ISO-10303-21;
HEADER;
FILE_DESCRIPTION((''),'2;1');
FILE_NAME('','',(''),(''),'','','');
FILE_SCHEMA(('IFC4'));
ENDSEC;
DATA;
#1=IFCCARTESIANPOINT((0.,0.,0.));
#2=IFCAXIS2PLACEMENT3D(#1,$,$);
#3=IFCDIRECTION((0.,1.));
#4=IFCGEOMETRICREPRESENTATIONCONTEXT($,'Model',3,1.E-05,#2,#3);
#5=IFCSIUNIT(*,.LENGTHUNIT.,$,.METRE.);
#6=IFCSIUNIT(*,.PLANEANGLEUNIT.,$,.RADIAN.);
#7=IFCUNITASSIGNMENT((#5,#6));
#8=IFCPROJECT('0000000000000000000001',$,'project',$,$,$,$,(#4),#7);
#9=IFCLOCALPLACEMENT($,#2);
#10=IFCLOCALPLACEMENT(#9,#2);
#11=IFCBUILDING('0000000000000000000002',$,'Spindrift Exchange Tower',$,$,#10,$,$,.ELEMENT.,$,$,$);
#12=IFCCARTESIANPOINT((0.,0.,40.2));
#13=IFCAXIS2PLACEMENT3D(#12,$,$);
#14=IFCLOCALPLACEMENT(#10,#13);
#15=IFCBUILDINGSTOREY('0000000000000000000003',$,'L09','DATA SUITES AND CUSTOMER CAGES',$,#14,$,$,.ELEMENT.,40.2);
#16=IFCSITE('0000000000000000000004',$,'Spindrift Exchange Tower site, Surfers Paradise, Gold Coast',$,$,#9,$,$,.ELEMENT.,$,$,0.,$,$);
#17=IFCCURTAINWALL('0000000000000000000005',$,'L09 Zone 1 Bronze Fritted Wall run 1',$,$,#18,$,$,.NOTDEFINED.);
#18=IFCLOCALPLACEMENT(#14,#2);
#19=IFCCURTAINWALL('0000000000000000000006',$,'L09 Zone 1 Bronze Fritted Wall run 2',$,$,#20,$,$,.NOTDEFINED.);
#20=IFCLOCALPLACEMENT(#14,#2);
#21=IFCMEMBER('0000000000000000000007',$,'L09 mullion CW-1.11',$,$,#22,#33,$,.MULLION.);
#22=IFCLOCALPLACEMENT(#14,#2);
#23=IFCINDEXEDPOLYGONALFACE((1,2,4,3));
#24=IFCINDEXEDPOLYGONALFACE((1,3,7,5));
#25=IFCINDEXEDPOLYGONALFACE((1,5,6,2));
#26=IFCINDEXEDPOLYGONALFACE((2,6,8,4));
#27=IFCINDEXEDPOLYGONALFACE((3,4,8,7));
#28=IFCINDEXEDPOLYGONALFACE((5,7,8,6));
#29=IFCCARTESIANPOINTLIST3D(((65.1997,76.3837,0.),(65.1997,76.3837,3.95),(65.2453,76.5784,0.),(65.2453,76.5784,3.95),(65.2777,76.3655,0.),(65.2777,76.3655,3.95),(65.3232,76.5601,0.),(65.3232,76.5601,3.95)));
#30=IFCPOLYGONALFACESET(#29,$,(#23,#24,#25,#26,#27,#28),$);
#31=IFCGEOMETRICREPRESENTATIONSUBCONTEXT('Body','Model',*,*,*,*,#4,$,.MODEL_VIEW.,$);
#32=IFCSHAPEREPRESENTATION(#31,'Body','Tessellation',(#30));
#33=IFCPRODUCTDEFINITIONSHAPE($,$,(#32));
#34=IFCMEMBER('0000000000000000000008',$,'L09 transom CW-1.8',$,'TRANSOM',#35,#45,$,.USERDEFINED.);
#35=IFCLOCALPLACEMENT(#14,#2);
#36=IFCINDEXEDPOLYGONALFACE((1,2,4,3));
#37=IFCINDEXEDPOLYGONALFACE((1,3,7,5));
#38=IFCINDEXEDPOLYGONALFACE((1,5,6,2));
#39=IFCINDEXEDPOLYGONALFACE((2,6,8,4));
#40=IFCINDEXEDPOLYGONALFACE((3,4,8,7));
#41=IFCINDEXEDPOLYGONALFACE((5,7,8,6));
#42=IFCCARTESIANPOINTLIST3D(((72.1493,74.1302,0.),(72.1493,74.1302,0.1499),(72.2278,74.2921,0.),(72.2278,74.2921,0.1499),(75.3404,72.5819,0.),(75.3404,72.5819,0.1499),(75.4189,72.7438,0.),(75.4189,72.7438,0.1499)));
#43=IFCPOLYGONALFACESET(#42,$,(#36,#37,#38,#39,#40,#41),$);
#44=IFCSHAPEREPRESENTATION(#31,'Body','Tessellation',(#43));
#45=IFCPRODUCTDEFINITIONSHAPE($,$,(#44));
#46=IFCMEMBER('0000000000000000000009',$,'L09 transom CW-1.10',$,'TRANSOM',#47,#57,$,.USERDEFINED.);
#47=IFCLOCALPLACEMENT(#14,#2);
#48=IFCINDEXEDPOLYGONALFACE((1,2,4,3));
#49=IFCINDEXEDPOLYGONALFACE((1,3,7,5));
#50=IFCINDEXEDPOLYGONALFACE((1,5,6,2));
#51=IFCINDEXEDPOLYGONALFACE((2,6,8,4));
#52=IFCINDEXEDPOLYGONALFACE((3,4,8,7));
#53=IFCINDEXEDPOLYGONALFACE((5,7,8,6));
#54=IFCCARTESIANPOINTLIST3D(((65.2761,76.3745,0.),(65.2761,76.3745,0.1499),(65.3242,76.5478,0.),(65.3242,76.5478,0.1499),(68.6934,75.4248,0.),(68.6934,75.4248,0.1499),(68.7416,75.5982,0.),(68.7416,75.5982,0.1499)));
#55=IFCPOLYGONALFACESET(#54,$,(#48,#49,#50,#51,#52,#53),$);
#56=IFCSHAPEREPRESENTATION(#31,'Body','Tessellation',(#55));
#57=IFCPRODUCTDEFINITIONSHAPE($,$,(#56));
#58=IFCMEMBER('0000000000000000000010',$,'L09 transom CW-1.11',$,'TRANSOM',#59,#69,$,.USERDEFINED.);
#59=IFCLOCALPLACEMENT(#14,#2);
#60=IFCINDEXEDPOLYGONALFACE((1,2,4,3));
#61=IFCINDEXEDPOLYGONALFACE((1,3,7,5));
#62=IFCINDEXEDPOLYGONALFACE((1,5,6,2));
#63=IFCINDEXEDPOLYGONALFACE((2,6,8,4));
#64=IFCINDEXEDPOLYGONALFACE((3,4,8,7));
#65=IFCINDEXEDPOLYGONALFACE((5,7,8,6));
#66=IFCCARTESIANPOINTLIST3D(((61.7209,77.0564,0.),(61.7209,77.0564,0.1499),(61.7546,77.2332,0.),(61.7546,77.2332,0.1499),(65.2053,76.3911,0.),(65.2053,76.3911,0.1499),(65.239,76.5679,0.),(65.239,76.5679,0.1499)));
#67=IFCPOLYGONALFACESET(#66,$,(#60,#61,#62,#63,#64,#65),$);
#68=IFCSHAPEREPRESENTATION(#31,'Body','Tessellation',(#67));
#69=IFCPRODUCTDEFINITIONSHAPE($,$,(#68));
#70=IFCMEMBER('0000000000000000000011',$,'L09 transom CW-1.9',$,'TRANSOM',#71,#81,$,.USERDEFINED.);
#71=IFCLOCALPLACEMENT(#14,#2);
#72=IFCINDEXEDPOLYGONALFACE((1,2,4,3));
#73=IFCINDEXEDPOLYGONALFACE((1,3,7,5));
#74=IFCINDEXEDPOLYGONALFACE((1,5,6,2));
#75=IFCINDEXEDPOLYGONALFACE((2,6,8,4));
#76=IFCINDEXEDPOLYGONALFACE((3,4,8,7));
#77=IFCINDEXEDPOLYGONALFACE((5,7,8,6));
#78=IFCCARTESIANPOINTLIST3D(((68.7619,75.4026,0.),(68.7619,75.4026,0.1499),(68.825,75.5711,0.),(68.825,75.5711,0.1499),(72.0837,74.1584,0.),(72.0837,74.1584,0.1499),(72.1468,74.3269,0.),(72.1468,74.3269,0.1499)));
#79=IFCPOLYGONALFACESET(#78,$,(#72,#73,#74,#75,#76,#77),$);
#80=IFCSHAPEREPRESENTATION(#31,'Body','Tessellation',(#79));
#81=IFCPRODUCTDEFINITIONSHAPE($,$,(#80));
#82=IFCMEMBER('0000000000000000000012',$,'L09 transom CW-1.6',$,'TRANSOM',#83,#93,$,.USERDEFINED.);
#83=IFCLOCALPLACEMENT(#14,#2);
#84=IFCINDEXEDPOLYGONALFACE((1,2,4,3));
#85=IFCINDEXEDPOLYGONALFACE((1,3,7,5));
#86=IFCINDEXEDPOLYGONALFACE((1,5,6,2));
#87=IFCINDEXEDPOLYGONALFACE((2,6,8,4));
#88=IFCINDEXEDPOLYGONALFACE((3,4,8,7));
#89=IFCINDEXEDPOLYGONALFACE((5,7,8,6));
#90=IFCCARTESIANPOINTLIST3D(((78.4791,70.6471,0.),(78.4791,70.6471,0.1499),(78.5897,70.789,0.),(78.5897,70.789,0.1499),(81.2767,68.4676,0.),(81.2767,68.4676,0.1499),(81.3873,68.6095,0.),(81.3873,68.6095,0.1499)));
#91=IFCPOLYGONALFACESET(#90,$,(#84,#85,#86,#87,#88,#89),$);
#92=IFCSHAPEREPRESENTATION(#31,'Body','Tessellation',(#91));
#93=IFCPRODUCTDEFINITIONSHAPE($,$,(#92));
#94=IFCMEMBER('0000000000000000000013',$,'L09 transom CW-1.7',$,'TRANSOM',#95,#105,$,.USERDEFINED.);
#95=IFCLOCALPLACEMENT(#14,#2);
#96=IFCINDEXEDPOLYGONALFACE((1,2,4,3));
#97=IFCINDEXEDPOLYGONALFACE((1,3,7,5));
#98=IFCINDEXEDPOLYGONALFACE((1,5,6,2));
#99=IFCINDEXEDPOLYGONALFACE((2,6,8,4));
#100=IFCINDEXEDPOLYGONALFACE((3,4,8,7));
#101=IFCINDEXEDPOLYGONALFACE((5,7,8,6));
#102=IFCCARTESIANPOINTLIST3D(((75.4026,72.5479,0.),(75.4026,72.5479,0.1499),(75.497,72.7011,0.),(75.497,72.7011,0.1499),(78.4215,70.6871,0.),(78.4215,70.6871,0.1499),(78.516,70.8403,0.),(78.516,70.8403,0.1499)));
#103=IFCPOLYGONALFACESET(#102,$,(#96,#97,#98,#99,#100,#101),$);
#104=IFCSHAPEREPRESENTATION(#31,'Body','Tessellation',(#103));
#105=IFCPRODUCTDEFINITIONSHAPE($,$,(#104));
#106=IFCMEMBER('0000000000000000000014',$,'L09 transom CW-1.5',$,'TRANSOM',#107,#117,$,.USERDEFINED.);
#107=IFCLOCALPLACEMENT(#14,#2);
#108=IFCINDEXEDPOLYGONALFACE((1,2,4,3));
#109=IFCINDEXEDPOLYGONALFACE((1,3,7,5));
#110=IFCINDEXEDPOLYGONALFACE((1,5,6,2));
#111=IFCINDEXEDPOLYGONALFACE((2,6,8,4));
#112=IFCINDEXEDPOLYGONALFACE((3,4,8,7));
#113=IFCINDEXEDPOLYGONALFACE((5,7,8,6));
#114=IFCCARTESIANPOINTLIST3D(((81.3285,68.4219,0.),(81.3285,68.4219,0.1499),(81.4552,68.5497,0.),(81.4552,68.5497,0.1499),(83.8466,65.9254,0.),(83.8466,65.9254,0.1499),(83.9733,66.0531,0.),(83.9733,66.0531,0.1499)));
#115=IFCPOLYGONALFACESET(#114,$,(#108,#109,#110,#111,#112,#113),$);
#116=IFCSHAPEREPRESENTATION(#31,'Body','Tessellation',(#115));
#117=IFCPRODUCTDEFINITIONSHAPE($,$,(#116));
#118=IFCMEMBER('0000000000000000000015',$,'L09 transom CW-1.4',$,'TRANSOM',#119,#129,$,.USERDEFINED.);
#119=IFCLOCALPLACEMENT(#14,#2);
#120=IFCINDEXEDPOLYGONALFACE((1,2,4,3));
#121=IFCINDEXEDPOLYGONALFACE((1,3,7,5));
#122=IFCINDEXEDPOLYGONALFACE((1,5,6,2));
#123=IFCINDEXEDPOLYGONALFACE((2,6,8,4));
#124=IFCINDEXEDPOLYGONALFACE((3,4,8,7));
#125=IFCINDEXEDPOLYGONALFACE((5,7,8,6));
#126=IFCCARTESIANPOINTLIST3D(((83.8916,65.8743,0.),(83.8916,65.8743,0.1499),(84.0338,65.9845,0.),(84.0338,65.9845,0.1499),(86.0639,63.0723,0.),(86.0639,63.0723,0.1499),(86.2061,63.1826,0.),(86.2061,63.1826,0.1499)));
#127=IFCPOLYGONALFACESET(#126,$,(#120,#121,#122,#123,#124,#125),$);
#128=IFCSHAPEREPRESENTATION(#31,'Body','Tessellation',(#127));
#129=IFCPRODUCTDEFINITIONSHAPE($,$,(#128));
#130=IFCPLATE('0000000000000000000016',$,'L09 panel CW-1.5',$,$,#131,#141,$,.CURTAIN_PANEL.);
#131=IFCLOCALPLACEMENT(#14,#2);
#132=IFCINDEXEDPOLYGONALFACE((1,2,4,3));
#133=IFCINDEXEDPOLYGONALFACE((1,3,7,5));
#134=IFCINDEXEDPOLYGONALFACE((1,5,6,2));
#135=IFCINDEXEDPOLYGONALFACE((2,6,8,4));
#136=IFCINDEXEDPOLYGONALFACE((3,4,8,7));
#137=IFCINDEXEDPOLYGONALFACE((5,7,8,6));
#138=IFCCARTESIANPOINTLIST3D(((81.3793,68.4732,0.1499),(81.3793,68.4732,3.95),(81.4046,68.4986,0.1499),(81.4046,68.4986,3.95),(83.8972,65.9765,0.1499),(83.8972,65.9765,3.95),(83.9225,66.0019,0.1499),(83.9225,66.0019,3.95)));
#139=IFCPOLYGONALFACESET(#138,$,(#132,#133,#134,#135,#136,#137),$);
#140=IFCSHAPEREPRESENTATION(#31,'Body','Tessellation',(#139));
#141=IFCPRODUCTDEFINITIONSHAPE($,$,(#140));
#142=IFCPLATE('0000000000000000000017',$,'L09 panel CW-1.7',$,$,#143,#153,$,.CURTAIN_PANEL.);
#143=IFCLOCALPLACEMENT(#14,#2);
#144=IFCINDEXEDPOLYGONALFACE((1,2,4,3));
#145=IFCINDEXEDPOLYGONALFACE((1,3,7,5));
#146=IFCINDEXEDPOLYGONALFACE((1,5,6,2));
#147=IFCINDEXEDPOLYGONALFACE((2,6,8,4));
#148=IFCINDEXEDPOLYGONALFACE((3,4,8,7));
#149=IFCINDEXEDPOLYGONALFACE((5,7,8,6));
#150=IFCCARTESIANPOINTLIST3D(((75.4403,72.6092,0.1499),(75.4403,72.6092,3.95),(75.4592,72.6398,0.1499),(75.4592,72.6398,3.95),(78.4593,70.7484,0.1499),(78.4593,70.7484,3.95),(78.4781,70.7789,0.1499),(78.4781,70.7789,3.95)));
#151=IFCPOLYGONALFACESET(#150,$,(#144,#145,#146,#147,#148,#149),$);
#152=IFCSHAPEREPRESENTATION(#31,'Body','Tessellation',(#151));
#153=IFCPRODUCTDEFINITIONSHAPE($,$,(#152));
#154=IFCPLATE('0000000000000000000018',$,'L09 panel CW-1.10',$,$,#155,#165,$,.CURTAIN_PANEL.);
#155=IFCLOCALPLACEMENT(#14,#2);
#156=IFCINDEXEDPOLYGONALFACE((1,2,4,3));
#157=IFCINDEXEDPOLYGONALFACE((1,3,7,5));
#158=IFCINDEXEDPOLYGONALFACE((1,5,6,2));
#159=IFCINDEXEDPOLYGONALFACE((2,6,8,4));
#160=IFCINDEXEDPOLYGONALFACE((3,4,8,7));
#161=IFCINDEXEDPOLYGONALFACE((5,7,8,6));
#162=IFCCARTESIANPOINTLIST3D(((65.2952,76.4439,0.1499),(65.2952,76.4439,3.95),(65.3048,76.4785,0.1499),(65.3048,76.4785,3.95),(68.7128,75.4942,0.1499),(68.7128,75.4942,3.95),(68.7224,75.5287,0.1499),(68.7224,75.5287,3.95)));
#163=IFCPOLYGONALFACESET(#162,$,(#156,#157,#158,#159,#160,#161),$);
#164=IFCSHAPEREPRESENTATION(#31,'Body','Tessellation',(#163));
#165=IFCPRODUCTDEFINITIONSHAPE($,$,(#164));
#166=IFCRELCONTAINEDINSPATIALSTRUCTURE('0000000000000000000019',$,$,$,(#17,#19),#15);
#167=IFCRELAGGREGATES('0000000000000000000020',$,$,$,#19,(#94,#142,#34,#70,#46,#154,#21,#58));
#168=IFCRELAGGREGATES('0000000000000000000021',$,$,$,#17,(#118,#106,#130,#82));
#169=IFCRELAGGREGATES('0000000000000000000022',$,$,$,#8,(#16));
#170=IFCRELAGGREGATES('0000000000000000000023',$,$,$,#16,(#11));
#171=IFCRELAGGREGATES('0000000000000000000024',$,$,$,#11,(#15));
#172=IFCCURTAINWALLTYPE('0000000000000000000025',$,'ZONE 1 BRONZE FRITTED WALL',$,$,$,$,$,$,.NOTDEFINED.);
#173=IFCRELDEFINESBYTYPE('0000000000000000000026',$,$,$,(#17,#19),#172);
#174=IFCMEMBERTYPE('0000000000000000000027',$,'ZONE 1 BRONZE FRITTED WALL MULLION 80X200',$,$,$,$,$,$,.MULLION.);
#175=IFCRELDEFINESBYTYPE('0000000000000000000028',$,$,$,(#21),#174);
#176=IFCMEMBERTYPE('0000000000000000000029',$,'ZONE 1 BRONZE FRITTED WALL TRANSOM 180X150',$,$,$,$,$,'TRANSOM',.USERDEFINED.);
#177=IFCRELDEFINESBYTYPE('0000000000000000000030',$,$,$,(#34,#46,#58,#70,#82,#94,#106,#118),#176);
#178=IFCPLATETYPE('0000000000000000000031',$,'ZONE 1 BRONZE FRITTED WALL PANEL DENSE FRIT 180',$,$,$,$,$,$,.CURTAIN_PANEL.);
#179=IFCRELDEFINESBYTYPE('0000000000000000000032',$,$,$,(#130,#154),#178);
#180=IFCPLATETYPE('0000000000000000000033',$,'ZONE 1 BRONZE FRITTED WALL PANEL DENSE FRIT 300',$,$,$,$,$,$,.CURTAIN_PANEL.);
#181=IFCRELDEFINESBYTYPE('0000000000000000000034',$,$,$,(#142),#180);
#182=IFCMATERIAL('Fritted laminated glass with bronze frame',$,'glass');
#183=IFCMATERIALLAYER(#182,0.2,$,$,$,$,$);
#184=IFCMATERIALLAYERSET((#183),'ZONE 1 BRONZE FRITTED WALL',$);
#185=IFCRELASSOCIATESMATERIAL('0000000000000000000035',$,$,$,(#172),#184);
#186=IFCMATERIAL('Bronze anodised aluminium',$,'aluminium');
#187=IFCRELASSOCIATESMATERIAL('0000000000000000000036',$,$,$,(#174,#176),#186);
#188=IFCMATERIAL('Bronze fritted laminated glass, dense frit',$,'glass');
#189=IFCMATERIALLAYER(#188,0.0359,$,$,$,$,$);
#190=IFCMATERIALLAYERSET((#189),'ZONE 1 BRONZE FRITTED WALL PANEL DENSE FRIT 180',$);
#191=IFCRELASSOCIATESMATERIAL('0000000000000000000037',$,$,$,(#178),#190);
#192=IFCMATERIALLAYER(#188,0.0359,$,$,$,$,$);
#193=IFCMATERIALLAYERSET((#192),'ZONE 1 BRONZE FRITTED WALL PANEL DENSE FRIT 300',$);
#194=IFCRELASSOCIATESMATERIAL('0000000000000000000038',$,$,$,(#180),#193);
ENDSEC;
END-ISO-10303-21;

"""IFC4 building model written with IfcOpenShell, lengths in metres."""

from ifc_helpers import new_model, si_unit, direction, frame, origin, origin_2d, place, context, subcontext, project, spatial, rectangle, extrude, source, transform, mapped, material, layer, layer_set, material_profile, profile_set, type_object, element, aggregate, save


model = new_model("IFC4")

# Units and contexts
model_context = context("Model", 3, precision=1e-05, world=origin(), true_north=direction((0.0, 1.0)))
body_context = subcontext(model_context, "Body", "Model", "MODEL_VIEW")
ifc_project = project(units=[si_unit("LENGTHUNIT", "METRE"), si_unit("PLANEANGLEUNIT", "RADIAN")], contexts=[model_context])

# Site, building, storey
site_placement = place(None, origin())
site = spatial("IfcSite", under=ifc_project, at=site_placement, Name="Spindrift Exchange Tower site, Surfers Paradise, Gold Coast", CompositionType="ELEMENT", RefElevation=0.0)
building_placement = place(site_placement, origin())
building = spatial("IfcBuilding", under=site, at=building_placement, Name="Spindrift Exchange Tower", CompositionType="ELEMENT")
storey_placement = place(building_placement, frame((0.0, 0.0, 40.2)))
storey = spatial("IfcBuildingStorey", under=building, at=storey_placement, Name="L09", Description="DATA SUITES AND CUSTOMER CAGES", CompositionType="ELEMENT", Elevation=40.2)

# Curtain walls, members
ifc_material_1 = material(Name="Fritted laminated glass with bronze frame", Category="glass")
ifc_layer_1 = layer(ifc_material_1, 0.2)
ifc_layer_set_1 = layer_set([ifc_layer_1], Name="ZONE 1 BRONZE FRITTED WALL")
curtain_wall_type = type_object("IfcCurtainWallType", Name="ZONE 1 BRONZE FRITTED WALL", PredefinedType="NOTDEFINED", material=ifc_layer_set_1)
curtain_wall_1_placement = place(storey_placement, origin())
curtain_wall_1 = element("IfcCurtainWall", 1, at=curtain_wall_1_placement, inside=storey, type_object=curtain_wall_type, Name="L09 Zone 1 Bronze Fritted Wall run 1", PredefinedType="NOTDEFINED")
ifc_material_2 = material(Name="Bronze anodised aluminium", Category="aluminium")
ifc_material_profile_1 = material_profile(ifc_material_2, rectangle(XDim=0.0801, YDim=0.2, at=origin_2d()), Name="ZONE 1 BRONZE FRITTED WALL MULLION 80X200")
ifc_profile_set_1 = profile_set([ifc_material_profile_1], Name="Bronze anodised aluminium")
member_type_1 = type_object("IfcMemberType", Name="ZONE 1 BRONZE FRITTED WALL MULLION 80X200", PredefinedType="MULLION", material=ifc_profile_set_1)
shared_shape_1 = source(origin(), body_context, "Body", "SweptSolid", [
    extrude(rectangle(XDim=0.0801, YDim=0.2, at=origin_2d()), origin(), (0.0, 0.0, 1.0), 3.95),
])
curtain_wall_2_placement = place(storey_placement, origin())
curtain_wall_2 = element("IfcCurtainWall", 2, at=curtain_wall_2_placement, inside=storey, type_object=curtain_wall_type, Name="L09 Zone 1 Bronze Fritted Wall run 2", PredefinedType="NOTDEFINED")
member_1_placement = place(storey_placement, frame((65.2615, 76.4719, 0.0), z_axis=(0.0, 0.0, 1.0), x_axis=(-0.9737, 0.227836, 0.0)))
member_1 = element("IfcMember", 3, at=member_1_placement, type_object=member_type_1, Name="L09 mullion CW-1.11", PredefinedType="MULLION", context=body_context, shape_type="MappedRepresentation", body=[
    mapped(shared_shape_1, transform((0.0, 0.0, 0.0), scale=1.0)),
])
ifc_material_profile_2 = material_profile(ifc_material_2, rectangle(XDim=0.1799, YDim=0.1499, at=origin_2d()), Name="ZONE 1 BRONZE FRITTED WALL TRANSOM 180X150")
ifc_profile_set_2 = profile_set([ifc_material_profile_2], Name="Bronze anodised aluminium")
member_type_2 = type_object("IfcMemberType", Name="ZONE 1 BRONZE FRITTED WALL TRANSOM 180X150", ElementType="TRANSOM", PredefinedType="USERDEFINED", material=ifc_profile_set_2)
shared_shape_2 = source(origin(), body_context, "Body", "SweptSolid", [
    extrude(rectangle(XDim=0.1799, YDim=0.1499, at=origin_2d()), origin(), (0.0, 0.0, 1.0), 3.5469),
])
member_2_placement = place(storey_placement, frame((75.3796, 72.6628, 0.075), z_axis=(-0.899691, 0.436527, 0.0), x_axis=(-0.436527, -0.899691, 0.0)))
member_2 = element("IfcMember", 4, at=member_2_placement, type_object=member_type_2, Name="L09 transom CW-1.8", ObjectType="TRANSOM", PredefinedType="USERDEFINED", context=body_context, shape_type="MappedRepresentation", body=[
    mapped(shared_shape_2, transform((0.0, 0.0, 0.0), scale=1.0)),
])
member_3_placement = place(storey_placement, frame((68.7175, 75.5115, 0.075), z_axis=(-0.963488, 0.26775, 0.0), x_axis=(-0.26775, -0.963488, 0.0)))
member_3 = element("IfcMember", 5, at=member_3_placement, type_object=member_type_2, Name="L09 transom CW-1.10", ObjectType="TRANSOM", PredefinedType="USERDEFINED", context=body_context, shape_type="MappedRepresentation", body=[
    mapped(shared_shape_2, transform((0.0, 0.0, 0.0), scale=1.0)),
])
shared_shape_3 = source(origin(), body_context, "Body", "SweptSolid", [
    extrude(rectangle(XDim=0.1799, YDim=0.1499, at=origin_2d()), origin(), (0.0, 0.0, 1.0), 3.5474),
])
member_4_placement = place(storey_placement, frame((65.2222, 76.4795, 0.075), z_axis=(-0.982256, 0.187545, 0.0), x_axis=(-0.187545, -0.982256, 0.0)))
member_4 = element("IfcMember", 6, at=member_4_placement, type_object=member_type_2, Name="L09 transom CW-1.11", ObjectType="TRANSOM", PredefinedType="USERDEFINED", context=body_context, shape_type="MappedRepresentation", body=[
    mapped(shared_shape_3, transform((0.0, 0.0, 0.0), scale=1.0)),
])
shared_shape_4 = source(origin(), body_context, "Body", "SweptSolid", [
    extrude(rectangle(XDim=0.1799, YDim=0.1499, at=origin_2d()), origin(), (0.0, 0.0, 1.0), 3.5471),
])
member_5_placement = place(storey_placement, frame((72.1152, 74.2427, 0.075), z_axis=(-0.936471, 0.350746, 0.0), x_axis=(-0.350746, -0.936471, 0.0)))
member_5 = element("IfcMember", 7, at=member_5_placement, type_object=member_type_2, Name="L09 transom CW-1.9", ObjectType="TRANSOM", PredefinedType="USERDEFINED", context=body_context, shape_type="MappedRepresentation", body=[
    mapped(shared_shape_4, transform((0.0, 0.0, 0.0), scale=1.0)),
])

# Members
shared_shape_5 = source(origin(), body_context, "Body", "SweptSolid", [
    extrude(rectangle(XDim=0.1799, YDim=0.1499, at=origin_2d()), origin(), (0.0, 0.0, 1.0), 3.5464),
])
member_6_placement = place(storey_placement, frame((81.332, 68.5386, 0.075), z_axis=(-0.78887, 0.61456, 0.0), x_axis=(-0.61456, -0.78887, 0.0)))
member_6 = element("IfcMember", 8, at=member_6_placement, type_object=member_type_2, Name="L09 transom CW-1.6", ObjectType="TRANSOM", PredefinedType="USERDEFINED", context=body_context, shape_type="MappedRepresentation", body=[
    mapped(shared_shape_5, transform((0.0, 0.0, 0.0), scale=1.0)),
])
member_7_placement = place(storey_placement, frame((78.4688, 70.7637, 0.075), z_axis=(-0.851285, 0.524704, 0.0), x_axis=(-0.524704, -0.851285, 0.0)))
member_7 = element("IfcMember", 9, at=member_7_placement, type_object=member_type_2, Name="L09 transom CW-1.7", ObjectType="TRANSOM", PredefinedType="USERDEFINED", context=body_context, shape_type="MappedRepresentation", body=[
    mapped(shared_shape_5, transform((0.0, 0.0, 0.0), scale=1.0)),
])
shared_shape_6 = source(origin(), body_context, "Body", "SweptSolid", [
    extrude(rectangle(XDim=0.1799, YDim=0.1499, at=origin_2d()), origin(), (0.0, 0.0, 1.0), 3.5459),
])
member_8_placement = place(storey_placement, frame((83.9099, 65.9893, 0.075), z_axis=(-0.71013, 0.704071, 0.0), x_axis=(-0.704071, -0.71013, 0.0)))
member_8 = element("IfcMember", 10, at=member_8_placement, type_object=member_type_2, Name="L09 transom CW-1.5", ObjectType="TRANSOM", PredefinedType="USERDEFINED", context=body_context, shape_type="MappedRepresentation", body=[
    mapped(shared_shape_6, transform((0.0, 0.0, 0.0), scale=1.0)),
])
shared_shape_7 = source(origin(), body_context, "Body", "SweptSolid", [
    extrude(rectangle(XDim=0.1799, YDim=0.1499, at=origin_2d()), origin(), (0.0, 0.0, 1.0), 3.5454),
])
member_9_placement = place(storey_placement, frame((86.135, 63.1274, 0.075), z_axis=(-0.612715, 0.790304, 0.0), x_axis=(-0.790304, -0.612715, 0.0)))
member_9 = element("IfcMember", 11, at=member_9_placement, type_object=member_type_2, Name="L09 transom CW-1.4", ObjectType="TRANSOM", PredefinedType="USERDEFINED", context=body_context, shape_type="MappedRepresentation", body=[
    mapped(shared_shape_7, transform((0.0, 0.0, 0.0), scale=1.0)),
])

# Plates
ifc_material_3 = material(Name="Bronze fritted laminated glass, dense frit", Category="glass")
ifc_layer_2 = layer(ifc_material_3, 0.0359)
ifc_layer_set_2 = layer_set([ifc_layer_2], Name="ZONE 1 BRONZE FRITTED WALL PANEL DENSE FRIT 180")
plate_type_1 = type_object("IfcPlateType", Name="ZONE 1 BRONZE FRITTED WALL PANEL DENSE FRIT 180", PredefinedType="CURTAIN_PANEL", material=ifc_layer_set_2)
shared_shape_8 = source(origin(), body_context, "Body", "SweptSolid", [
    extrude(rectangle(XDim=3.5459, YDim=0.0359, at=origin_2d()), origin(), (0.0, 0.0, 1.0), 3.8),
])
plate_1_placement = place(storey_placement, frame((82.6509, 67.2375, 0.1499), z_axis=(0.0, 0.0, 1.0), x_axis=(-0.710093, 0.704108, 0.0)))
plate_1 = element("IfcPlate", 12, at=plate_1_placement, type_object=plate_type_1, Name="L09 panel CW-1.5", PredefinedType="CURTAIN_PANEL", context=body_context, shape_type="MappedRepresentation", body=[
    mapped(shared_shape_8, transform((0.0, 0.0, 0.0), scale=1.0)),
])
ifc_layer_3 = layer(ifc_material_3, 0.0359)
ifc_layer_set_3 = layer_set([ifc_layer_3], Name="ZONE 1 BRONZE FRITTED WALL PANEL DENSE FRIT 300")
plate_type_2 = type_object("IfcPlateType", Name="ZONE 1 BRONZE FRITTED WALL PANEL DENSE FRIT 300", PredefinedType="CURTAIN_PANEL", material=ifc_layer_set_3)
shared_shape_9 = source(origin(), body_context, "Body", "SweptSolid", [
    extrude(rectangle(XDim=3.5464, YDim=0.0359, at=origin_2d()), origin(), (0.0, 0.0, 1.0), 3.8),
])
plate_2_placement = place(storey_placement, frame((76.9592, 71.6941, 0.1499), z_axis=(0.0, 0.0, 1.0), x_axis=(-0.851279, 0.524714, 0.0)))
plate_2 = element("IfcPlate", 13, at=plate_2_placement, type_object=plate_type_2, Name="L09 panel CW-1.7", PredefinedType="CURTAIN_PANEL", context=body_context, shape_type="MappedRepresentation", body=[
    mapped(shared_shape_9, transform((0.0, 0.0, 0.0), scale=1.0)),
])
shared_shape_10 = source(origin(), body_context, "Body", "SweptSolid", [
    extrude(rectangle(XDim=3.5471, YDim=0.0359, at=origin_2d()), origin(), (0.0, 0.0, 1.0), 3.8),
])
plate_3_placement = place(storey_placement, frame((67.0088, 75.9863, 0.1499), z_axis=(0.0, 0.0, 1.0), x_axis=(-0.963486, 0.26776, 0.0)))
plate_3 = element("IfcPlate", 14, at=plate_3_placement, type_object=plate_type_1, Name="L09 panel CW-1.10", PredefinedType="CURTAIN_PANEL", context=body_context, shape_type="MappedRepresentation", body=[
    mapped(shared_shape_10, transform((0.0, 0.0, 0.0), scale=1.0)),
])
aggregate(curtain_wall_2, [member_7, plate_2, member_2, member_5, member_3, plate_3, member_1, member_4])
aggregate(curtain_wall_1, [member_9, member_8, plate_1, member_6])

save(model, "model.ifc")
